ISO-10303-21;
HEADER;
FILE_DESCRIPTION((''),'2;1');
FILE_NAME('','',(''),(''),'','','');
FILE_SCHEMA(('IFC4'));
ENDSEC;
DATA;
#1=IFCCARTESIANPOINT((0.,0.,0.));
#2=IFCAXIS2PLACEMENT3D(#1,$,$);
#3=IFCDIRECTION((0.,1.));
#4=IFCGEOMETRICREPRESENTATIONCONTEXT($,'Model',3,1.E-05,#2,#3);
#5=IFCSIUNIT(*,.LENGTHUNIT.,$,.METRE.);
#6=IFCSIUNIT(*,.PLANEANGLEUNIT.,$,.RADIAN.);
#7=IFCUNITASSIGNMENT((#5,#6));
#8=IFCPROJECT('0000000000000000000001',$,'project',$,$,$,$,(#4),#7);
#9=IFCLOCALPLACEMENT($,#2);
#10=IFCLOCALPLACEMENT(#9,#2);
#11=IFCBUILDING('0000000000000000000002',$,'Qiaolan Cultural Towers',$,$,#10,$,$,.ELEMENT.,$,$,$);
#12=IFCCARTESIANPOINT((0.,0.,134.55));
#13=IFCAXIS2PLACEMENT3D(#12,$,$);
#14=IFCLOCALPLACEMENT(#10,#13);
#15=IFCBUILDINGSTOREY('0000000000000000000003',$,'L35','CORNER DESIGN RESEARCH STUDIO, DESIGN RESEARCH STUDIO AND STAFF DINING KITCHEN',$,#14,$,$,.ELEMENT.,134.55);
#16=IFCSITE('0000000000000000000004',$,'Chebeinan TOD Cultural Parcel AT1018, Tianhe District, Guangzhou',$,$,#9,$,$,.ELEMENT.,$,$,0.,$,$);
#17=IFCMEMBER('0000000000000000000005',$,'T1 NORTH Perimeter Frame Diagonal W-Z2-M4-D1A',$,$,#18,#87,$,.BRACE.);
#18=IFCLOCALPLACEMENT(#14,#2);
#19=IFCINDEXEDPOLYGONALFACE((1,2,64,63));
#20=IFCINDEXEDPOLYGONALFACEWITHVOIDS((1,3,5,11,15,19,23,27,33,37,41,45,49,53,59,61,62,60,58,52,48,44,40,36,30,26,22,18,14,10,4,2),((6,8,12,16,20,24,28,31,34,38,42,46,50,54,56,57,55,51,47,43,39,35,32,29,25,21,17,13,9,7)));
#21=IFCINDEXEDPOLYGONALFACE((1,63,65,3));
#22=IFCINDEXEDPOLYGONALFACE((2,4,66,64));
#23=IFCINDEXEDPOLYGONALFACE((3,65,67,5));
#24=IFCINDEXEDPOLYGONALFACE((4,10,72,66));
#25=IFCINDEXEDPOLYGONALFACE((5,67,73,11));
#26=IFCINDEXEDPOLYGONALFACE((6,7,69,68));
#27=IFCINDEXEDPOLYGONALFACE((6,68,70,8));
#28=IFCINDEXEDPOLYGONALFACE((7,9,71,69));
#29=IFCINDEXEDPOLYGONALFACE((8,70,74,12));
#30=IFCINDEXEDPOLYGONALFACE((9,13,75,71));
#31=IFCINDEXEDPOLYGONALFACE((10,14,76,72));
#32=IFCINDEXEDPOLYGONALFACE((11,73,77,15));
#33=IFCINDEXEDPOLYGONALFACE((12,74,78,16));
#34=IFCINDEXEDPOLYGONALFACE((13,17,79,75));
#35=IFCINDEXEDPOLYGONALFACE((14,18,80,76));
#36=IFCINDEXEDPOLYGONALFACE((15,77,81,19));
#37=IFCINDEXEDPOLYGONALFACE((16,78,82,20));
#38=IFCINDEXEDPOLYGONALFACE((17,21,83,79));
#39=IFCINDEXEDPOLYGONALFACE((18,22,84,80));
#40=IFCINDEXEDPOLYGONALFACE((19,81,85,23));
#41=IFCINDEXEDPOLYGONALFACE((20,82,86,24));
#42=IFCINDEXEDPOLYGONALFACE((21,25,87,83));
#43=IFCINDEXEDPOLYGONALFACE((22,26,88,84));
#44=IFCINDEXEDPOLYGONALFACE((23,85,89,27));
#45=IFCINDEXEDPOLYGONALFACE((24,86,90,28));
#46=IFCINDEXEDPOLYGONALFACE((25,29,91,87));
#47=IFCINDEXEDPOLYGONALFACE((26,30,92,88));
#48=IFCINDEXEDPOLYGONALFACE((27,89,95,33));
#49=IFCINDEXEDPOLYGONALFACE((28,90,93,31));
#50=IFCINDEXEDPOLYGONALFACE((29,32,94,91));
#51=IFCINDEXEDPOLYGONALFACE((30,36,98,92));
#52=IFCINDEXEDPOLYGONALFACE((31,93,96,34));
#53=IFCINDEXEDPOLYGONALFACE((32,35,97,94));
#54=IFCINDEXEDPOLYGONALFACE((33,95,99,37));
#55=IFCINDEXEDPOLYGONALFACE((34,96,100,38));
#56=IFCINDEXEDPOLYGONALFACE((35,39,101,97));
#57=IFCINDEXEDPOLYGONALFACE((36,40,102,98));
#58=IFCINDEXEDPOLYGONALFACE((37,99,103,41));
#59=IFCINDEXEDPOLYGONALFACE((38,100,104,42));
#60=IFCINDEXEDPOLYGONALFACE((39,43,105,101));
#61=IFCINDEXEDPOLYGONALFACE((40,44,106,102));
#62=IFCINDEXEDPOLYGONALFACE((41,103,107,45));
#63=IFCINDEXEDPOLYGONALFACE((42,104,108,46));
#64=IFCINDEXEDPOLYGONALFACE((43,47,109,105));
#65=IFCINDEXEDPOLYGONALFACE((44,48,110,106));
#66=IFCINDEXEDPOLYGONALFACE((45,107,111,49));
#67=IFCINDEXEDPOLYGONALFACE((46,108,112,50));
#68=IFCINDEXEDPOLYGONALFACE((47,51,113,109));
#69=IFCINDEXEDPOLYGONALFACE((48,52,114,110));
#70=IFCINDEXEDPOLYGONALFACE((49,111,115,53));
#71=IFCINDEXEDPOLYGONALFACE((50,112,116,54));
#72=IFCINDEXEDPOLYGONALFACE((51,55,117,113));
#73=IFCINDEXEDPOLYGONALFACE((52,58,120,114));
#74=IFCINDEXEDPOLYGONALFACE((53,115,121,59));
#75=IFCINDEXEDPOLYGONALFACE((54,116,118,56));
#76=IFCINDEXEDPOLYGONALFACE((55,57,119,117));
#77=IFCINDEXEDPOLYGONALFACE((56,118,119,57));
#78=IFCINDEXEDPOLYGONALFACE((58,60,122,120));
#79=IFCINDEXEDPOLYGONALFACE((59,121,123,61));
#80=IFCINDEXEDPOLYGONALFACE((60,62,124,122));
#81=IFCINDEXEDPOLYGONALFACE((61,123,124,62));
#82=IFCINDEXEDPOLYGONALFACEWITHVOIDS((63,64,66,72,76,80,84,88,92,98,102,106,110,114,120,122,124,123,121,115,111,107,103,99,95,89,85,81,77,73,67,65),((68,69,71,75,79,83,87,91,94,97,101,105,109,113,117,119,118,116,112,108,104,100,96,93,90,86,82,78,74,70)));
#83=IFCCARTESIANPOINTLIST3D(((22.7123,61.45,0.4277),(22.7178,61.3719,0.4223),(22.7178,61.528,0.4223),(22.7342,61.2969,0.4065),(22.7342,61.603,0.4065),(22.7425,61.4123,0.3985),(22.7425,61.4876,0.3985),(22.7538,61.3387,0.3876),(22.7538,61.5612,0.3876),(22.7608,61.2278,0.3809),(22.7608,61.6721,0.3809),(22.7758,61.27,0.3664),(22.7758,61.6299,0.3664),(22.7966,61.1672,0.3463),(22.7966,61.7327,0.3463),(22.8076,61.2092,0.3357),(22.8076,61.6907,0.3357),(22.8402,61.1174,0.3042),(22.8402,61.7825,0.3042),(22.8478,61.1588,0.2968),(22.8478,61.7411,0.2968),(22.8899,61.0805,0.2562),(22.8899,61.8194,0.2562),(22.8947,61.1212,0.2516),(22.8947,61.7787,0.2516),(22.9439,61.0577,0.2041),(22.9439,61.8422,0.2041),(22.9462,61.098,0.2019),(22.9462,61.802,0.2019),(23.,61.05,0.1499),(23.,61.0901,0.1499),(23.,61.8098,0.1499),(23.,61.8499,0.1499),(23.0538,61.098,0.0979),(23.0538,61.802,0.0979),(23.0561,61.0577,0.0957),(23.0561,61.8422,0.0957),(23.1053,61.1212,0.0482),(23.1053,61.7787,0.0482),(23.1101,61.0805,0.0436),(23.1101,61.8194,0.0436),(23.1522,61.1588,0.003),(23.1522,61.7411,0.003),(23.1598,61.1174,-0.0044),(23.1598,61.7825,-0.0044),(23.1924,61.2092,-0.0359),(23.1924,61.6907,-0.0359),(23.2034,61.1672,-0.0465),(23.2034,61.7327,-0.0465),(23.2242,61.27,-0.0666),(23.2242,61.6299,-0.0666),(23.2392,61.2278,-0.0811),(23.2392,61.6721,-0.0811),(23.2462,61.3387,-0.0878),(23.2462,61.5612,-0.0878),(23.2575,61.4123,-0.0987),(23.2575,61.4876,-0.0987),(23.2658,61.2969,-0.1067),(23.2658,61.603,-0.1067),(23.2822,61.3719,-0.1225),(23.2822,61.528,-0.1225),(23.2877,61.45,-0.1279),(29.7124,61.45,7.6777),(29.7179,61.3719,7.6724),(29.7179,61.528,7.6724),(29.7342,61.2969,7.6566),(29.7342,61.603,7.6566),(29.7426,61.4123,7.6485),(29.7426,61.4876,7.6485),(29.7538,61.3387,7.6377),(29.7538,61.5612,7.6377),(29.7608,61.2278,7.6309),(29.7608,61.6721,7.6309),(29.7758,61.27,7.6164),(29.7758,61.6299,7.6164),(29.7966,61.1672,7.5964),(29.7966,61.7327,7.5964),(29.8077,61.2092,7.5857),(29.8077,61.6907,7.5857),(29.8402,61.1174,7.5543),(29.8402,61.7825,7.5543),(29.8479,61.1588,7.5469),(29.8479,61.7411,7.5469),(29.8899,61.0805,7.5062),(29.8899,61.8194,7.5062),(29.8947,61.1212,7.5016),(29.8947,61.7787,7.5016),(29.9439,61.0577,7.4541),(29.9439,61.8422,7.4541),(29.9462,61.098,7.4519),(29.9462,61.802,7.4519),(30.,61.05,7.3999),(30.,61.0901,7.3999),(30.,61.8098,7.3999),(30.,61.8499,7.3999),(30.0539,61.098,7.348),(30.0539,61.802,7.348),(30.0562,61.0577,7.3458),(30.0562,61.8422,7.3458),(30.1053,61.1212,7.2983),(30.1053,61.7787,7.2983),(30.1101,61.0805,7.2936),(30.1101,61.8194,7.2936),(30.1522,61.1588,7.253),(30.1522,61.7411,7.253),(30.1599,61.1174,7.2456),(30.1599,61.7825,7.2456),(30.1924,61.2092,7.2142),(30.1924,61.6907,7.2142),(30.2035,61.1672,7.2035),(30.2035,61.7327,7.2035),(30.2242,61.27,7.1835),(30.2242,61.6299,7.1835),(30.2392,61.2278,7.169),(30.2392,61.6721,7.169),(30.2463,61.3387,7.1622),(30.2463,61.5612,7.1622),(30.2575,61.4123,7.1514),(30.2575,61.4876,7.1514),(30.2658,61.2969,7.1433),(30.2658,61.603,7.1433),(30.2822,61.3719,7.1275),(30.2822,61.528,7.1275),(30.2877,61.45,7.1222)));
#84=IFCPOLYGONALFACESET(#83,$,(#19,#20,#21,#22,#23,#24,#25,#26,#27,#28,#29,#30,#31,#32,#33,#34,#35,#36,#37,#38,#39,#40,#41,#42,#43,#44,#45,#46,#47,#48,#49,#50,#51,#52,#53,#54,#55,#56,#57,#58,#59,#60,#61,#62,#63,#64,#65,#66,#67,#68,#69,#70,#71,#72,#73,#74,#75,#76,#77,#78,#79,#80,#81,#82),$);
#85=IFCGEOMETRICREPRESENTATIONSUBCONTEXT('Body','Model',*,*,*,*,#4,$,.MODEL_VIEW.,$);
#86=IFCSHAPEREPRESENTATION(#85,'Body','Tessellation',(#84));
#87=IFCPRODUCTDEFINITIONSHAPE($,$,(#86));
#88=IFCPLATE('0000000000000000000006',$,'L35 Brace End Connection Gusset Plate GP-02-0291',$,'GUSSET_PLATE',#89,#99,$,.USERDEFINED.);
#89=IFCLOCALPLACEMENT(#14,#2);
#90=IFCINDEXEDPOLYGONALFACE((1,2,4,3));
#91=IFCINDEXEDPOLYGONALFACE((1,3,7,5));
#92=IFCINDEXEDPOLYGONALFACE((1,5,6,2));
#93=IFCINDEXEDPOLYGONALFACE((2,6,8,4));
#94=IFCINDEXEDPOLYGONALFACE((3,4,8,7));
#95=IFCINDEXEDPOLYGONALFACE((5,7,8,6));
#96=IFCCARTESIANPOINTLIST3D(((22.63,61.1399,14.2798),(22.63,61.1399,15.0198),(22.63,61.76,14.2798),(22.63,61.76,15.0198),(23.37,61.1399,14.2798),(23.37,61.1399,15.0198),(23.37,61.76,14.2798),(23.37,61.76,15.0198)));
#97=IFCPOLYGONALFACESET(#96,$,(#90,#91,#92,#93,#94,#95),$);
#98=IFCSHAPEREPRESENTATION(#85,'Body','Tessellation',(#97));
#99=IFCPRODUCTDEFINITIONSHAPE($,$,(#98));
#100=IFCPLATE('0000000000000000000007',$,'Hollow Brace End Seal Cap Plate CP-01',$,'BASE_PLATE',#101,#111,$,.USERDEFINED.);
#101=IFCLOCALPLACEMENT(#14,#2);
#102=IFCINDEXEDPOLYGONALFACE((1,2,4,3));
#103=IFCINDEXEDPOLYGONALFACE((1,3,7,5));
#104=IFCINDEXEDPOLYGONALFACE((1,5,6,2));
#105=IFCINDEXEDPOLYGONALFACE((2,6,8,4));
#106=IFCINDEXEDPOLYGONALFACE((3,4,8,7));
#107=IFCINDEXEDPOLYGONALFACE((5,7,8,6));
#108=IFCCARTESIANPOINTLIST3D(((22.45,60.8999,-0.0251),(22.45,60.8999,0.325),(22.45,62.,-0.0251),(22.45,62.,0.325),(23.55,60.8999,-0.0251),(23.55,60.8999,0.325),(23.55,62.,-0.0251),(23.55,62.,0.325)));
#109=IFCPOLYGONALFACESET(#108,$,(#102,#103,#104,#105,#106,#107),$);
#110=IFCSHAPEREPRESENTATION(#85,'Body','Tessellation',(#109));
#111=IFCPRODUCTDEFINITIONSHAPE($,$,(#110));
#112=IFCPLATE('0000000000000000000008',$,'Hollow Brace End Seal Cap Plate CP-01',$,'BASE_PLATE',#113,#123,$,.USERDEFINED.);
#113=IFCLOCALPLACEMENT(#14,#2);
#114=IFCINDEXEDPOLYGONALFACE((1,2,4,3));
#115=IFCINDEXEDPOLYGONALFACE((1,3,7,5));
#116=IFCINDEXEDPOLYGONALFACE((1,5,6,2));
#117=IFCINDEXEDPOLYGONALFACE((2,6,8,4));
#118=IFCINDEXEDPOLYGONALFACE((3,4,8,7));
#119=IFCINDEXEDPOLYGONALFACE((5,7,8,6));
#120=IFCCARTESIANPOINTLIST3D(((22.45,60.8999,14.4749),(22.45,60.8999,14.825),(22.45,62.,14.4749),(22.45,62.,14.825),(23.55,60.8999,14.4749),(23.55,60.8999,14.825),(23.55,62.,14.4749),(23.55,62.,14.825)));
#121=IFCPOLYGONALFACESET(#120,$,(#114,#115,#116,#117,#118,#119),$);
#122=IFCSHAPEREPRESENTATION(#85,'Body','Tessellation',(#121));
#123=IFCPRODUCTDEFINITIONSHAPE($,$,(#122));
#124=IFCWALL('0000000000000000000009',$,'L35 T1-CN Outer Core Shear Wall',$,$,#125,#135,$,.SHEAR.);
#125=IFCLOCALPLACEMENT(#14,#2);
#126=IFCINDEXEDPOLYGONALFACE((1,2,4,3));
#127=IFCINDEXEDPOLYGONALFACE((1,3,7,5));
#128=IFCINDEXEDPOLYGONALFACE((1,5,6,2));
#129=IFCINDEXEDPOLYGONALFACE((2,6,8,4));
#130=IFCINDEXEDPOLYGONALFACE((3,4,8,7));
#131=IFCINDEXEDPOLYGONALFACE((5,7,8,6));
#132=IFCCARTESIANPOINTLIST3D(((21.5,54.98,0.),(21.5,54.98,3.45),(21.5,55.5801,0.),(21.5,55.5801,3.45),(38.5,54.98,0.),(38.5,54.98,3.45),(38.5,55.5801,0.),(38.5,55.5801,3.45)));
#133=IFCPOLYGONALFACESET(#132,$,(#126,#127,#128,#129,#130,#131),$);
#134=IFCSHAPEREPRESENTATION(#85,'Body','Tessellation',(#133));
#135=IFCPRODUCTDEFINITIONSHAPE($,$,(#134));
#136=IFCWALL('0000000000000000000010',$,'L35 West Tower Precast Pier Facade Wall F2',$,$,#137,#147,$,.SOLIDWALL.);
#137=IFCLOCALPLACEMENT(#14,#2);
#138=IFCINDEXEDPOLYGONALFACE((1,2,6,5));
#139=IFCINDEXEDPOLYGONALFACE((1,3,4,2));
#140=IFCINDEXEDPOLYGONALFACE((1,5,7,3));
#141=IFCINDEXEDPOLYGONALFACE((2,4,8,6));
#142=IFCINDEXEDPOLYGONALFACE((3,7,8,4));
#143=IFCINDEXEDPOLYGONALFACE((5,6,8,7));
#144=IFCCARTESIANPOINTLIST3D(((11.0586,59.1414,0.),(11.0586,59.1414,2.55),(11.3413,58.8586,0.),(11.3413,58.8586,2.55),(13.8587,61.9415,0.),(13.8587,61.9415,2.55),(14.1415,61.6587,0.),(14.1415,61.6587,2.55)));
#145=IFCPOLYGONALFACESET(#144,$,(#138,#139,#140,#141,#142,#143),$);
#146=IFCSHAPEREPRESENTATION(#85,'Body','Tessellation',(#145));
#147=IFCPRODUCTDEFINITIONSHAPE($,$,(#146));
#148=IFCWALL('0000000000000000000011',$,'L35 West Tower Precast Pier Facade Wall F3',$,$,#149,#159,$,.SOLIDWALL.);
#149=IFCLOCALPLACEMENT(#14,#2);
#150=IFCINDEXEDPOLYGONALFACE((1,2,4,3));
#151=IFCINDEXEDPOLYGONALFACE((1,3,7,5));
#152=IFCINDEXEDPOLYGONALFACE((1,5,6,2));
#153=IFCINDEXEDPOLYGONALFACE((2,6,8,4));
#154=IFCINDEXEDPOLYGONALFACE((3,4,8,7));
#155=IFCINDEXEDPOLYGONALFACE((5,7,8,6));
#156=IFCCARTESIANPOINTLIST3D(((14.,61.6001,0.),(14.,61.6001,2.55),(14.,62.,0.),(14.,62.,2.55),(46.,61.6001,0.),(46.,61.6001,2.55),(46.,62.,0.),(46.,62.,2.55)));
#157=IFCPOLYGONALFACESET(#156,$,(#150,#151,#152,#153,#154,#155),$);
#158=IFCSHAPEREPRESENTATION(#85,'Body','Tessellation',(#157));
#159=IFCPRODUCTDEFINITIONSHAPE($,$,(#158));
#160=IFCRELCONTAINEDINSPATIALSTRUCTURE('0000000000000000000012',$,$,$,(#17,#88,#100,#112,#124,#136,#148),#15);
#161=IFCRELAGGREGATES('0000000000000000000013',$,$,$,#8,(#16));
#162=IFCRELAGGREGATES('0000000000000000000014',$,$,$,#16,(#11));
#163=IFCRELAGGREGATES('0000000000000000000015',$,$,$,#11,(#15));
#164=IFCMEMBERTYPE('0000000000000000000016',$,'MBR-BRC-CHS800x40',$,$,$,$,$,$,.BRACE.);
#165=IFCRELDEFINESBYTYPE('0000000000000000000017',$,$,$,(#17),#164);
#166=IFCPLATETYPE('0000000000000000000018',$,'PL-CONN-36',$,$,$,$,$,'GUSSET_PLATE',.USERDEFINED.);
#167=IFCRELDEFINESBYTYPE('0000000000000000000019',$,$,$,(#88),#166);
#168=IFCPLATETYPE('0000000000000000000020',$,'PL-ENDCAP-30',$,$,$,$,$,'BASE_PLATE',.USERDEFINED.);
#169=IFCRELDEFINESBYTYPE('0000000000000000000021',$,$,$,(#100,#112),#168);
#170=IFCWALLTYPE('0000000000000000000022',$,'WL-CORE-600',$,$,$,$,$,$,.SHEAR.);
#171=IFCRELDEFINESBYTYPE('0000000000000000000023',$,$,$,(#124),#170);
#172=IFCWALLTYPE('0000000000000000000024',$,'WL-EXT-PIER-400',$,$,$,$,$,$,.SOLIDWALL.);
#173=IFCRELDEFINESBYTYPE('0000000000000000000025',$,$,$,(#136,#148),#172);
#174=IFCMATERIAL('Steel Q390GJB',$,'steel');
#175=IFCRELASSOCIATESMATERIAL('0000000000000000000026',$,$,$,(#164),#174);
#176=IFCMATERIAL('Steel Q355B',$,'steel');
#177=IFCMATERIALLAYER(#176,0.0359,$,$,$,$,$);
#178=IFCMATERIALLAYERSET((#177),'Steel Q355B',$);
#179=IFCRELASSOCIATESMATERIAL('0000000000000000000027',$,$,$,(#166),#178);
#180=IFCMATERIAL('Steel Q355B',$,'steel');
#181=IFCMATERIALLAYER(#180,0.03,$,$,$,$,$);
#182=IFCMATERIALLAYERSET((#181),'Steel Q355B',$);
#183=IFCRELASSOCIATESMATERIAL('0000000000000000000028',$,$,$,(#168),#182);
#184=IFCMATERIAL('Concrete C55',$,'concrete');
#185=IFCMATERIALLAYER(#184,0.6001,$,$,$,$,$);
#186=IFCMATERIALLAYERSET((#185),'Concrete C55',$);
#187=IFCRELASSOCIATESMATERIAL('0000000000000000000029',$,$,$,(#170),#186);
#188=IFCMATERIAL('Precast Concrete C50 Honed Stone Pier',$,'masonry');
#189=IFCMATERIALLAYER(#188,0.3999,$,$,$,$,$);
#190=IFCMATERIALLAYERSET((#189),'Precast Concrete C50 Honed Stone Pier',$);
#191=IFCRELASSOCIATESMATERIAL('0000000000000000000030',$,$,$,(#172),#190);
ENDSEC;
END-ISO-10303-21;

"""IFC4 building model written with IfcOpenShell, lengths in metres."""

from ifc_helpers import new_model, si_unit, direction, frame, frame_2d, origin, origin_2d, place, context, subcontext, project, spatial, rectangle, hollow_circle, extrude, material, layer, layer_set, material_profile, profile_set, type_object, element, save


model = new_model("IFC4")

# Units and contexts
model_context = context("Model", 3, precision=1e-05, world=origin(), true_north=direction((0.0, 1.0)))
body_context = subcontext(model_context, "Body", "Model", "MODEL_VIEW")
ifc_project = project(units=[si_unit("LENGTHUNIT", "METRE"), si_unit("PLANEANGLEUNIT", "RADIAN")], contexts=[model_context])

# Site, building, storey
site_placement = place(None, origin())
site = spatial("IfcSite", under=ifc_project, at=site_placement, Name="Chebeinan TOD Cultural Parcel AT1018, Tianhe District, Guangzhou", CompositionType="ELEMENT", RefElevation=0.0)
building_placement = place(site_placement, origin())
building = spatial("IfcBuilding", under=site, at=building_placement, Name="Qiaolan Cultural Towers", CompositionType="ELEMENT")
storey_placement = place(building_placement, frame((0.0, 0.0, 134.55)))
storey = spatial("IfcBuildingStorey", under=building, at=storey_placement, Name="L35", Description="CORNER DESIGN RESEARCH STUDIO, DESIGN RESEARCH STUDIO AND STAFF DINING KITCHEN", CompositionType="ELEMENT", Elevation=134.55)

# Member
ifc_material_1 = material(Name="Steel Q390GJB", Category="steel")
ifc_material_profile_1 = material_profile(ifc_material_1, hollow_circle(Radius=0.3999, WallThickness=0.04, at=origin_2d()), Name="CHS800x40")
ifc_profile_set_1 = profile_set([ifc_material_profile_1], Name="Steel Q390GJB")
member_type = type_object("IfcMemberType", Name="MBR-BRC-CHS800x40", PredefinedType="BRACE", material=ifc_profile_set_1)
member_placement = place(storey_placement, frame((23.0, 61.45, 0.1499), z_axis=(0.694595, 0.0, 0.719401), x_axis=(0.0, 1.0, 0.0)))
element("IfcMember", 1, at=member_placement, inside=storey, type_object=member_type, Name="T1 NORTH Perimeter Frame Diagonal W-Z2-M4-D1A", PredefinedType="BRACE", context=body_context, shape_type="SweptSolid", body=[
    extrude(hollow_circle(Radius=0.3999, WallThickness=0.04, at=origin_2d()), origin(), (0.0, 0.0, 1.0), 10.0779),
])

# Plates
ifc_material_2 = material(Name="Steel Q355B", Category="steel")
ifc_layer_1 = layer(ifc_material_2, 0.0359)
ifc_layer_set_1 = layer_set([ifc_layer_1], Name="Steel Q355B")
plate_type_1 = type_object("IfcPlateType", Name="PL-CONN-36", ElementType="GUSSET_PLATE", PredefinedType="USERDEFINED", material=ifc_layer_set_1)
plate_placement = place(storey_placement, frame((23.0, 61.45, 14.2798), z_axis=(0.0, 0.0, 1.0), x_axis=(1.0, 0.0, 0.0)))
element("IfcPlate", 2, at=plate_placement, inside=storey, type_object=plate_type_1, Name="L35 Brace End Connection Gusset Plate GP-02-0291", ObjectType="GUSSET_PLATE", PredefinedType="USERDEFINED", context=body_context, shape_type="SweptSolid", body=[
    extrude(rectangle(XDim=0.74, YDim=0.6201, at=origin_2d()), origin(), (0.0, 0.0, 1.0), 0.74),
])
ifc_material_3 = material(Name="Steel Q355B", Category="steel")
ifc_layer_2 = layer(ifc_material_3, 0.03)
ifc_layer_set_2 = layer_set([ifc_layer_2], Name="Steel Q355B")
plate_type_2 = type_object("IfcPlateType", Name="PL-ENDCAP-30", ElementType="BASE_PLATE", PredefinedType="USERDEFINED", material=ifc_layer_set_2)
for number, where, z_axis, x_axis, name in (
    (3, (23.0, 61.45, -0.0251), (0.0, 0.0, 1.0), (1.0, 0.0, 0.0), "Hollow Brace End Seal Cap Plate CP-01"),
    (4, (23.0, 61.45, 14.4749), (0.0, 0.0, 1.0), (1.0, 0.0, 0.0), "Hollow Brace End Seal Cap Plate CP-01"),
):
    element("IfcPlate", number, at=place(storey_placement, frame(where, z_axis=z_axis, x_axis=x_axis)), inside=storey, type_object=plate_type_2, Name=name, ObjectType="BASE_PLATE", PredefinedType="USERDEFINED", context=body_context, shape_type="SweptSolid", body=[
        extrude(rectangle(XDim=1.1001, YDim=1.1001, at=origin_2d()), origin(), (0.0, 0.0, 1.0), 0.3501),
    ])

# Walls
ifc_material_4 = material(Name="Concrete C55", Category="concrete")
ifc_layer_3 = layer(ifc_material_4, 0.6001)
ifc_layer_set_3 = layer_set([ifc_layer_3], Name="Concrete C55")
wall_type_1 = type_object("IfcWallType", Name="WL-CORE-600", PredefinedType="SHEAR", material=ifc_layer_set_3)
wall_1_placement = place(storey_placement, frame((21.5, 55.28, 0.0), z_axis=(0.0, 0.0, 1.0), x_axis=(1.0, 0.0, 0.0)))
element("IfcWall", 5, at=wall_1_placement, inside=storey, type_object=wall_type_1, Name="L35 T1-CN Outer Core Shear Wall", PredefinedType="SHEAR", context=body_context, shape_type="SweptSolid", body=[
    extrude(rectangle(XDim=17.0, YDim=0.6001, at=frame_2d((8.5, 0.0))), origin(), (0.0, 0.0, 1.0), 3.45),
])
ifc_material_5 = material(Name="Precast Concrete C50 Honed Stone Pier", Category="masonry")
ifc_layer_4 = layer(ifc_material_5, 0.3999)
ifc_layer_set_4 = layer_set([ifc_layer_4], Name="Precast Concrete C50 Honed Stone Pier")
wall_type_2 = type_object("IfcWallType", Name="WL-EXT-PIER-400", PredefinedType="SOLIDWALL", material=ifc_layer_set_4)
wall_2_placement = place(storey_placement, frame((11.2, 59.0, 0.0), z_axis=(0.0, 0.0, 1.0), x_axis=(0.707107, 0.707107, 0.0)))
element("IfcWall", 6, at=wall_2_placement, inside=storey, type_object=wall_type_2, Name="L35 West Tower Precast Pier Facade Wall F2", PredefinedType="SOLIDWALL", context=body_context, shape_type="SweptSolid", body=[
    extrude(rectangle(XDim=3.96, YDim=0.3999, at=frame_2d((1.98, 0.0))), origin(), (0.0, 0.0, 1.0), 2.55),
])
wall_3_placement = place(storey_placement, frame((14.0, 61.8, 0.0), z_axis=(0.0, 0.0, 1.0), x_axis=(1.0, 0.0, 0.0)))
element("IfcWall", 7, at=wall_3_placement, inside=storey, type_object=wall_type_2, Name="L35 West Tower Precast Pier Facade Wall F3", PredefinedType="SOLIDWALL", context=body_context, shape_type="SweptSolid", body=[
    extrude(rectangle(XDim=32.0, YDim=0.3999, at=frame_2d((16.0, 0.0))), origin(), (0.0, 0.0, 1.0), 2.55),
])

save(model, "model.ifc")
